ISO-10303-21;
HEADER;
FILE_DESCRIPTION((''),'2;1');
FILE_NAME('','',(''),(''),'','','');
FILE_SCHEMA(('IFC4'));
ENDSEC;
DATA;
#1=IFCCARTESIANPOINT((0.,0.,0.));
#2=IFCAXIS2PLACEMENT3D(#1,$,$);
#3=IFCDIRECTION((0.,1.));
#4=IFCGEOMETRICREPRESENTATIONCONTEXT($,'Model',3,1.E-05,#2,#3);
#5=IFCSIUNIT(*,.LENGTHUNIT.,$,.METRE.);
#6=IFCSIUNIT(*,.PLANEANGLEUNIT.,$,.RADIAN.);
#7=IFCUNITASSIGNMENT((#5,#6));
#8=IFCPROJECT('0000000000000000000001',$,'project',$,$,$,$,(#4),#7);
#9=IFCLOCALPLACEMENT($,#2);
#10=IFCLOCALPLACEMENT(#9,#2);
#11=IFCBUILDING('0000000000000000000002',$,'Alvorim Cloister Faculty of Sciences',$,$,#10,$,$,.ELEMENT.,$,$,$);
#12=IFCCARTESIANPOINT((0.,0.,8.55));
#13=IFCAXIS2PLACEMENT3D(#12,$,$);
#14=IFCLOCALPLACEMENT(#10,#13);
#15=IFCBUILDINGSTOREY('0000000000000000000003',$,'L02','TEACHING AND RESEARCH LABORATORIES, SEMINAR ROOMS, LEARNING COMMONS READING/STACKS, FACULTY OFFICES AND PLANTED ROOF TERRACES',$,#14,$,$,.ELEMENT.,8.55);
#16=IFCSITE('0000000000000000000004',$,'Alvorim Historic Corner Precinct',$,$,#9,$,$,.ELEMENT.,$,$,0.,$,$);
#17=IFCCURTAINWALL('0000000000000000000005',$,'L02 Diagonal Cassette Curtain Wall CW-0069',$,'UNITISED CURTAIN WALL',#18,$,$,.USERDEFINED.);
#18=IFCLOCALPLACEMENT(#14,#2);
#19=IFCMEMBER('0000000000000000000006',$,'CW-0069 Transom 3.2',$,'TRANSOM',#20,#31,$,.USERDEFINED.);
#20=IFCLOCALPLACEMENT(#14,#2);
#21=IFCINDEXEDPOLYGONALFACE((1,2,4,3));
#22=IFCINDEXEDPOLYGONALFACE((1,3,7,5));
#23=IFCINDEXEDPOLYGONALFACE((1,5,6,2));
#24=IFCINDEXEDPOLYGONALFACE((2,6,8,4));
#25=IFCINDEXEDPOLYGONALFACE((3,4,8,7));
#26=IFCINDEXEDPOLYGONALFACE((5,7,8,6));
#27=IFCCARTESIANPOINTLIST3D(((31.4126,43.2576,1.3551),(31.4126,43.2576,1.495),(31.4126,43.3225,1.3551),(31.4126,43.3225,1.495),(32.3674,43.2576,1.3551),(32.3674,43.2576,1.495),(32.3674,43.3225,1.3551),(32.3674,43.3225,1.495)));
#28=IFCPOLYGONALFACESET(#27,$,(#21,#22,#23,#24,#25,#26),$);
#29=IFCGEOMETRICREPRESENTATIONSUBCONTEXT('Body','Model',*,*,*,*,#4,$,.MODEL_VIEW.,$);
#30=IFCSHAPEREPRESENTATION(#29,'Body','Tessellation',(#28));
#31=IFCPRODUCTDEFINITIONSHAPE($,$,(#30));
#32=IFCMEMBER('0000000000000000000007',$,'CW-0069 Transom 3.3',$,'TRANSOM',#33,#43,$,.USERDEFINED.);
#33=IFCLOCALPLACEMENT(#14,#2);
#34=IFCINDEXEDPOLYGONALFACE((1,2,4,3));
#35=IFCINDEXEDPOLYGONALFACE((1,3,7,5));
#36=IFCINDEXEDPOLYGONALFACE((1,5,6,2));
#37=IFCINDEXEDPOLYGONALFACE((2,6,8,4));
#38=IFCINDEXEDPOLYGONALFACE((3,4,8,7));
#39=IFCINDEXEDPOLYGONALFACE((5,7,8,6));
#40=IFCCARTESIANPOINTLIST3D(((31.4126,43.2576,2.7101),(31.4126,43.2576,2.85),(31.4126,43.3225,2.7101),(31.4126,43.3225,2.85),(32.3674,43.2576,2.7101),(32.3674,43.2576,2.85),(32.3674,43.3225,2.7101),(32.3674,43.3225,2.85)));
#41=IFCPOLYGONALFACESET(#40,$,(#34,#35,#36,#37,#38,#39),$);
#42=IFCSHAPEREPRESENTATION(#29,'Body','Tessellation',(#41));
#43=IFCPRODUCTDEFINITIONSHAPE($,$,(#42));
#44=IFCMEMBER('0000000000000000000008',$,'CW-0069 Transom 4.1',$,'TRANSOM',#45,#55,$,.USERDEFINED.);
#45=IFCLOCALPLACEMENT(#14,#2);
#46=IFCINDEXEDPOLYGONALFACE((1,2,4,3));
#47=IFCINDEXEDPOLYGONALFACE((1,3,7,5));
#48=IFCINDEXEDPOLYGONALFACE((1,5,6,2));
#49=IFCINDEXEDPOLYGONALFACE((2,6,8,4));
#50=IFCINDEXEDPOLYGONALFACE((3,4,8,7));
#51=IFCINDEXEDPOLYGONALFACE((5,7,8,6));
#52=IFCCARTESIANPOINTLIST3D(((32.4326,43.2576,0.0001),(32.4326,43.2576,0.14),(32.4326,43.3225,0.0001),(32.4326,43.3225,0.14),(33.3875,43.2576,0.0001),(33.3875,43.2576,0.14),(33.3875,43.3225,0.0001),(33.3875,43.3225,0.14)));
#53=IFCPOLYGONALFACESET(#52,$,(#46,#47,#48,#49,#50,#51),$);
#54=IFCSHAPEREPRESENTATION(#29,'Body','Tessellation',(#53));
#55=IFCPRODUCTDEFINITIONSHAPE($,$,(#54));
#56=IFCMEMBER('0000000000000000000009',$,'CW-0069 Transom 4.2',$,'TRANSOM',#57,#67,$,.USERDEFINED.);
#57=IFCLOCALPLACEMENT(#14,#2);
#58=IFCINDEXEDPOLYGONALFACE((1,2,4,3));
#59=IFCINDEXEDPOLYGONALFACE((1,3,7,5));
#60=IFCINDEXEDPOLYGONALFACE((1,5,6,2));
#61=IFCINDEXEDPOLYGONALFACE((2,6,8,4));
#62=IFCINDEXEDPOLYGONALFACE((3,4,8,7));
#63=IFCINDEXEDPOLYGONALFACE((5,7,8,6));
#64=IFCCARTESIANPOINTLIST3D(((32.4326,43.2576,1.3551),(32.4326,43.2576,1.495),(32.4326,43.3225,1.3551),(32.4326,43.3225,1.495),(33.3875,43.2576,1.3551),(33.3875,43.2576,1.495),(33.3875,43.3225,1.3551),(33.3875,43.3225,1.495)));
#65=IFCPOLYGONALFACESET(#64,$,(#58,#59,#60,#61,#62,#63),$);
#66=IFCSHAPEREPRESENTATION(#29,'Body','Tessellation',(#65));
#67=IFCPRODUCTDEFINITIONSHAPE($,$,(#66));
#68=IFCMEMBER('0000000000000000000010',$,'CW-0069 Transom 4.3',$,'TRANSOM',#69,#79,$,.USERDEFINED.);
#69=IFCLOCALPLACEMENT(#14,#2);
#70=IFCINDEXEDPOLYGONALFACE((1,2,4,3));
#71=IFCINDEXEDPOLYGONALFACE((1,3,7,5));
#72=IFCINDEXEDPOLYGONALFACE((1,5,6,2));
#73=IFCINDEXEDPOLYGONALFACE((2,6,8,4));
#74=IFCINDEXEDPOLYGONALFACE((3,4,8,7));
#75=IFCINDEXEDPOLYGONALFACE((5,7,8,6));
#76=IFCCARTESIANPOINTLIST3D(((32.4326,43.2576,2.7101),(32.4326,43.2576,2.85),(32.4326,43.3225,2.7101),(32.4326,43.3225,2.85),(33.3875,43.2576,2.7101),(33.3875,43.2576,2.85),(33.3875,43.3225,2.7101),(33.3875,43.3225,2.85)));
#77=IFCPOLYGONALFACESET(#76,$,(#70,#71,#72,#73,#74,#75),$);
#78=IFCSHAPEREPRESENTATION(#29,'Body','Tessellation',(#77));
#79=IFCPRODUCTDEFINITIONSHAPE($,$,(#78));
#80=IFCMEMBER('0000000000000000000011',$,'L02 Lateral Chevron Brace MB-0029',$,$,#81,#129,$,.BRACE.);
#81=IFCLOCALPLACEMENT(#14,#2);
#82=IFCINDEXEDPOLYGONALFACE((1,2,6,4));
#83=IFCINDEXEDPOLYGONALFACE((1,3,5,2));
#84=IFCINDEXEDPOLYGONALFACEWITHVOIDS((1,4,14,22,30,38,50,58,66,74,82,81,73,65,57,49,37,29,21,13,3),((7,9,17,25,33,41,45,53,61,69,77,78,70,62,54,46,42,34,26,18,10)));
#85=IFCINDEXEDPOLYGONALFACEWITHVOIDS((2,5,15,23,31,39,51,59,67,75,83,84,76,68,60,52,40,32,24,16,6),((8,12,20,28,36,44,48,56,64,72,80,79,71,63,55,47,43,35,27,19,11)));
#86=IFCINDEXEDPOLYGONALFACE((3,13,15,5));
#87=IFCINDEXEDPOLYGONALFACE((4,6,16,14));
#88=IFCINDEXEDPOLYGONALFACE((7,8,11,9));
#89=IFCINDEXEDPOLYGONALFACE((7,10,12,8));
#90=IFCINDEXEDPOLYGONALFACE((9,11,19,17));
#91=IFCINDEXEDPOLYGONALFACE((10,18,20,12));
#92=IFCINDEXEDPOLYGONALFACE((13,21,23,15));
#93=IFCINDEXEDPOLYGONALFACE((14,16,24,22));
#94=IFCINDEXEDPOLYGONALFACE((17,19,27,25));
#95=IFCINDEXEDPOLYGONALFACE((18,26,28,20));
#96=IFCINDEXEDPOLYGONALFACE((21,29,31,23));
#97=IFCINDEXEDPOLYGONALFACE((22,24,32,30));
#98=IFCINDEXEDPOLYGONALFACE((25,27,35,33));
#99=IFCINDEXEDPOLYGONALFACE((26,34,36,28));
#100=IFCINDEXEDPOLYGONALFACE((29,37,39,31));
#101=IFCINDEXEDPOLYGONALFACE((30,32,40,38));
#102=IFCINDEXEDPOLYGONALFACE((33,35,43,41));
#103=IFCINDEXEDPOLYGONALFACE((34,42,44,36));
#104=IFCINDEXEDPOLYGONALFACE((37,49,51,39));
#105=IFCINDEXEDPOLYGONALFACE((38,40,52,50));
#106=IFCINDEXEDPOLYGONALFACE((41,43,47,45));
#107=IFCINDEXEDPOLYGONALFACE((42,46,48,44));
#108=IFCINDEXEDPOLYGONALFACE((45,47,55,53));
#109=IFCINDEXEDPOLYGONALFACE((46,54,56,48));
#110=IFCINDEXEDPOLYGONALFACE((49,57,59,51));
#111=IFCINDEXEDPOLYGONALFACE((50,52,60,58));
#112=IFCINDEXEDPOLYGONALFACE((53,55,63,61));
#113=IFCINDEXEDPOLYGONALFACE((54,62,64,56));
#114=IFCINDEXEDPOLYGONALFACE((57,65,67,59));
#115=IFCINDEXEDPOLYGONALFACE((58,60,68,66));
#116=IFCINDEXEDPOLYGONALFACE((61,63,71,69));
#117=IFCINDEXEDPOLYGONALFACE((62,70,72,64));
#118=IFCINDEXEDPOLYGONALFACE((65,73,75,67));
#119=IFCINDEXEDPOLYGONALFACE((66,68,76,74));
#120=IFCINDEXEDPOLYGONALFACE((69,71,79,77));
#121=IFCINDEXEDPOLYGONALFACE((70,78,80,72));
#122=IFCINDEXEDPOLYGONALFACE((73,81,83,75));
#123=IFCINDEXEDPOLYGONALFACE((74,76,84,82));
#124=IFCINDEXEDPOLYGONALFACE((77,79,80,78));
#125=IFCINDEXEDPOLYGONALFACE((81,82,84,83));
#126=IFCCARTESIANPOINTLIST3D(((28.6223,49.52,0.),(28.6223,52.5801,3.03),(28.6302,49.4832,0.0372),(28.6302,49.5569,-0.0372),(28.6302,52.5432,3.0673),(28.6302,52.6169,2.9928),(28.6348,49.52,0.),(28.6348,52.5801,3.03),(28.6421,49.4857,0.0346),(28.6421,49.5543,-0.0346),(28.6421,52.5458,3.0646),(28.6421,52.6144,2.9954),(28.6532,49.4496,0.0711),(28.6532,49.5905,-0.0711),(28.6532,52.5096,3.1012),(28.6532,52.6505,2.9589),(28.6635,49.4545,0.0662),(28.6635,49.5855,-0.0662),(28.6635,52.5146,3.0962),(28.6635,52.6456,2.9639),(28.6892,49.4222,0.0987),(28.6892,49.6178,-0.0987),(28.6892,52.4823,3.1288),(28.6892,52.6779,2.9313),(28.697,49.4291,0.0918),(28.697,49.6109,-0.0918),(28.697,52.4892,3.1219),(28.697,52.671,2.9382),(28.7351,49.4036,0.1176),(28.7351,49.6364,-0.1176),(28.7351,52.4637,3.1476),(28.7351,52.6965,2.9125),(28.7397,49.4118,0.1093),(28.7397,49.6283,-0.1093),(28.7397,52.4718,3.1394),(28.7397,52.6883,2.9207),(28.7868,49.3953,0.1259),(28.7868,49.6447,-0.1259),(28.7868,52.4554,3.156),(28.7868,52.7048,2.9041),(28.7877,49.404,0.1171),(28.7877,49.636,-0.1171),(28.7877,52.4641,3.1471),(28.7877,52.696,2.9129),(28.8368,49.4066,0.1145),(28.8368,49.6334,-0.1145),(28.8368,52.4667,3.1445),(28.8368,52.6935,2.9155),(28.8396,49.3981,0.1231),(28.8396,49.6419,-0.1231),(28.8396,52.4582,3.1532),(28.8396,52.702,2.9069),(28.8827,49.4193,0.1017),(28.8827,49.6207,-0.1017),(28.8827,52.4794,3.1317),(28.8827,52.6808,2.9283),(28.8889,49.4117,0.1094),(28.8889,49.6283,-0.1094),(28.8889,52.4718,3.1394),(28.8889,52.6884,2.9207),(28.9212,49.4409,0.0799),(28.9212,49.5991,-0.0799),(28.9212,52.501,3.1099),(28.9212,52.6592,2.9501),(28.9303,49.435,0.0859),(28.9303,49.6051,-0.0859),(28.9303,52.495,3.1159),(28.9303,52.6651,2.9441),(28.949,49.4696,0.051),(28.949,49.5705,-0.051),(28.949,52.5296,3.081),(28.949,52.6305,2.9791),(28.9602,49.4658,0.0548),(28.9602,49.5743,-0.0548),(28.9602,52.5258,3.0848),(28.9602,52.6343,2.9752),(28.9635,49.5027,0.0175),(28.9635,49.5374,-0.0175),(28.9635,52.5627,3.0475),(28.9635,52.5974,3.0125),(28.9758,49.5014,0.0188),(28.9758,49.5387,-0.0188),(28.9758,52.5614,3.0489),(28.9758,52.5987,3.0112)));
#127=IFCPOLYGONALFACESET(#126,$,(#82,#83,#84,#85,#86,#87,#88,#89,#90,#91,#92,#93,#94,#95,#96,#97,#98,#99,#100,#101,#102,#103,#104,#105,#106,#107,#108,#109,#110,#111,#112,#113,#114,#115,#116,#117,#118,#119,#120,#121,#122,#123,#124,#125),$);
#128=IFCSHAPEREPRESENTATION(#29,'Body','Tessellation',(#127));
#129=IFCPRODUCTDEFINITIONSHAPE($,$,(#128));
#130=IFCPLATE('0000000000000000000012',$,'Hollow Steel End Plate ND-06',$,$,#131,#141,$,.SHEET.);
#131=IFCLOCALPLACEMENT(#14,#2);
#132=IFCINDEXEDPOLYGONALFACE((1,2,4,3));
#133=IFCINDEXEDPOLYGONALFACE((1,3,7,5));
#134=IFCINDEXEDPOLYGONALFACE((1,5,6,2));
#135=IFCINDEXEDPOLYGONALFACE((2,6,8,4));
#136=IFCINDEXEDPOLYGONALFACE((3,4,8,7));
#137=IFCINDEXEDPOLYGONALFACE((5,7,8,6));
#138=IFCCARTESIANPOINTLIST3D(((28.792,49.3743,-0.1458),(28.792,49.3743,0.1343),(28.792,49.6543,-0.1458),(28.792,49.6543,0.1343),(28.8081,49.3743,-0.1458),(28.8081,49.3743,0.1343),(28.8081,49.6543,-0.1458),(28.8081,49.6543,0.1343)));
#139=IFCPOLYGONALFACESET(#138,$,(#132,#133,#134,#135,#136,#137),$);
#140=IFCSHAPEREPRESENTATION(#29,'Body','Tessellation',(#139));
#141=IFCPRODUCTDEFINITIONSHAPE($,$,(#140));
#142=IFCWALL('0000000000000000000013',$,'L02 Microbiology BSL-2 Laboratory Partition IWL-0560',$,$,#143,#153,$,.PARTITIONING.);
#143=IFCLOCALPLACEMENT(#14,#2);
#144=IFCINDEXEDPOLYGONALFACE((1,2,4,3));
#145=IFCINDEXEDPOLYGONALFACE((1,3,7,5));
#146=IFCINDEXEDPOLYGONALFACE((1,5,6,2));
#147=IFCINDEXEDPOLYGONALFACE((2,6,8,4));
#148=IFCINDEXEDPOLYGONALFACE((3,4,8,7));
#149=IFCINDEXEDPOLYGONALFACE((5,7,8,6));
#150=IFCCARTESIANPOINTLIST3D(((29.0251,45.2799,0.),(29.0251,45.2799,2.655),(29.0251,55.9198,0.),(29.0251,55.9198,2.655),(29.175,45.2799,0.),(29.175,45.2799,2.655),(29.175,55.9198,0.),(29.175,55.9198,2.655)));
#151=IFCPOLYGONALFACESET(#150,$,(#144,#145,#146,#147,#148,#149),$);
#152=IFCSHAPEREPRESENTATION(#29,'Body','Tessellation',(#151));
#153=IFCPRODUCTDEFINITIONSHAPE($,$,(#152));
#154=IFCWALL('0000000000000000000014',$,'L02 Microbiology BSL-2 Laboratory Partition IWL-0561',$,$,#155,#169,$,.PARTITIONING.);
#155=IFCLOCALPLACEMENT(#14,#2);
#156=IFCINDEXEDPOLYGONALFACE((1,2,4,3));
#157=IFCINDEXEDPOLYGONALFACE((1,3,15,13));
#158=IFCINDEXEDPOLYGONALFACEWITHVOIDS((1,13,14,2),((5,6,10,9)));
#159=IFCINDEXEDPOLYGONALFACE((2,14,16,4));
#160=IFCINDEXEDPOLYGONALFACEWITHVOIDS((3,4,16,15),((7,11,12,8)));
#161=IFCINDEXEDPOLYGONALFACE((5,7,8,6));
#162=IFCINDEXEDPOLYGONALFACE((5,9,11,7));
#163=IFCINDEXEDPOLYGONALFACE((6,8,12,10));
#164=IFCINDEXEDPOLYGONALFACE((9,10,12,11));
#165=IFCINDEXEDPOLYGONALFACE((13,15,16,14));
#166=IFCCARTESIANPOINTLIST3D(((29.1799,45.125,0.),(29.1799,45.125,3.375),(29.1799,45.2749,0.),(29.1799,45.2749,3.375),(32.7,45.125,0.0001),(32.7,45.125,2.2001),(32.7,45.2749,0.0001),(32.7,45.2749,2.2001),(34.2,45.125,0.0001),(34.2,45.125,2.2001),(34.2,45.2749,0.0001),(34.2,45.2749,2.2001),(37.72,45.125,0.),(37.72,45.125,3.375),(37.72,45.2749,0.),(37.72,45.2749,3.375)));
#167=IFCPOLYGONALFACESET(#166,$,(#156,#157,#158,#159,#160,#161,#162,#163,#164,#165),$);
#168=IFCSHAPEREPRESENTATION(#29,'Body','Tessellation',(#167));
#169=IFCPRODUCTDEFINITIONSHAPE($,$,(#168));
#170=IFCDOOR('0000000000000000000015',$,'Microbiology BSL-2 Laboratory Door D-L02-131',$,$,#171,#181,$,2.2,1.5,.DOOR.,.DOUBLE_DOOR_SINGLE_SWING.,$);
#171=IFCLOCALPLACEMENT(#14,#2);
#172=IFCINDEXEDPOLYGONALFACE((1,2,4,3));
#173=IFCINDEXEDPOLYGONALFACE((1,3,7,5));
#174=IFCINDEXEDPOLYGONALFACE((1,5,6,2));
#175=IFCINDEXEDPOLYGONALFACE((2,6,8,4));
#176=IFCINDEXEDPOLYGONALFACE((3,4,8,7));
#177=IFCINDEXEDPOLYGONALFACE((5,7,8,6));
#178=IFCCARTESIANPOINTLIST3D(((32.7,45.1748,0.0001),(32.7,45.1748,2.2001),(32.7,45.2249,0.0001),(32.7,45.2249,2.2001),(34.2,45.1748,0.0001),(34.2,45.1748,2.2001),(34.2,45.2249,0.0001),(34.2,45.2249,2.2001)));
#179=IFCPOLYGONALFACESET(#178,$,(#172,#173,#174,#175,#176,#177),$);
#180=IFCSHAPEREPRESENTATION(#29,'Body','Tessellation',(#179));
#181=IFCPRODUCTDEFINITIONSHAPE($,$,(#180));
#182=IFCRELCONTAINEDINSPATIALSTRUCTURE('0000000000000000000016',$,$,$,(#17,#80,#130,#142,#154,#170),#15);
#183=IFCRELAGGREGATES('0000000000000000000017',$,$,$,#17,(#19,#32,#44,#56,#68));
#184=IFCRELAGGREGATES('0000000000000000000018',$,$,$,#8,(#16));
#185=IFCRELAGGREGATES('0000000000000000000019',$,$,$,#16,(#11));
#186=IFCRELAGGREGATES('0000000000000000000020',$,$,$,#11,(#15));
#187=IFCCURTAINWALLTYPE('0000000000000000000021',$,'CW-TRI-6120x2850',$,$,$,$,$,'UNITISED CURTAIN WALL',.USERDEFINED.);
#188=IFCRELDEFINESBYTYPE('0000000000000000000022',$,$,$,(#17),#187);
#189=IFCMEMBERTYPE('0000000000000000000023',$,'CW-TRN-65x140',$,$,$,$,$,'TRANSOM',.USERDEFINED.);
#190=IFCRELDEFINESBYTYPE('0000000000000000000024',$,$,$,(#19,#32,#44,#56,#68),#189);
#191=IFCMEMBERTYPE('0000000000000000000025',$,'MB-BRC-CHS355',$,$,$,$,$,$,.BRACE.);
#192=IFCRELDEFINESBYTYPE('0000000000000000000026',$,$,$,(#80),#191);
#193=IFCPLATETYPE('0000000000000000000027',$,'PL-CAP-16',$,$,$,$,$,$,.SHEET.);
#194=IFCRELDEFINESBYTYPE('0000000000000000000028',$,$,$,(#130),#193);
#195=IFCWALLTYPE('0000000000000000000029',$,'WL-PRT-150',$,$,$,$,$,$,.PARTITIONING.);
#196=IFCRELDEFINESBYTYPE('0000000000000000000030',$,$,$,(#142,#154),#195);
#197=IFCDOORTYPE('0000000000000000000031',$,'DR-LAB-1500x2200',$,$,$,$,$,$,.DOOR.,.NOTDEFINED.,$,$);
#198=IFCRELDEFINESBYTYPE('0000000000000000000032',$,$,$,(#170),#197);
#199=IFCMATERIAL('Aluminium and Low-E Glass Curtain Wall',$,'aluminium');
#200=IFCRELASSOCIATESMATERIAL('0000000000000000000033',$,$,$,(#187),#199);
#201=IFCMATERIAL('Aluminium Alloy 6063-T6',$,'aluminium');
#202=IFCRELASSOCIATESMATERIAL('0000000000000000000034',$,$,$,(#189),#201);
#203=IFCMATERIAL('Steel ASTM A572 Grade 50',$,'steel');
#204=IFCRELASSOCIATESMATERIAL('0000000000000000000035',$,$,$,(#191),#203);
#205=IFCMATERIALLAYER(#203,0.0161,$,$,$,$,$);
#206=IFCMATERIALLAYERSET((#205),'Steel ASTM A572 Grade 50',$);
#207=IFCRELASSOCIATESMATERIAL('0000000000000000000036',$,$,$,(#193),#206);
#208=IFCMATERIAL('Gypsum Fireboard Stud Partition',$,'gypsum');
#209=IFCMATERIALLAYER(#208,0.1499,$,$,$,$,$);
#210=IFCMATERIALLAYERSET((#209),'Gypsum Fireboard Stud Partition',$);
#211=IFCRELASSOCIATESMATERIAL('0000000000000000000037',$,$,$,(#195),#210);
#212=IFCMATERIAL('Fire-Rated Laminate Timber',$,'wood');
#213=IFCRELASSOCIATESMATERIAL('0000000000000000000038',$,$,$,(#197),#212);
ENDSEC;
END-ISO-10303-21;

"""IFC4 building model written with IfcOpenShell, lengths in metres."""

from ifc_helpers import new_model, si_unit, direction, frame, frame_2d, origin, origin_2d, place, context, subcontext, project, spatial, polyline, rectangle, hollow_circle, outline, extrude, material, layer, layer_set, material_profile, profile_set, type_object, element, fill, aggregate, save


model = new_model("IFC4")

# Units and contexts
model_context = context("Model", 3, precision=1e-05, world=origin(), true_north=direction((0.0, 1.0)))
body_context = subcontext(model_context, "Body", "Model", "MODEL_VIEW")
ifc_project = project(units=[si_unit("LENGTHUNIT", "METRE"), si_unit("PLANEANGLEUNIT", "RADIAN")], contexts=[model_context])

# Site, building, storey
site_placement = place(None, origin())
site = spatial("IfcSite", under=ifc_project, at=site_placement, Name="Alvorim Historic Corner Precinct", CompositionType="ELEMENT", RefElevation=0.0)
building_placement = place(site_placement, origin())
building = spatial("IfcBuilding", under=site, at=building_placement, Name="Alvorim Cloister Faculty of Sciences", CompositionType="ELEMENT")
storey_placement = place(building_placement, frame((0.0, 0.0, 8.55)))
storey = spatial("IfcBuildingStorey", under=building, at=storey_placement, Name="L02", Description="TEACHING AND RESEARCH LABORATORIES, SEMINAR ROOMS, LEARNING COMMONS READING/STACKS, FACULTY OFFICES AND PLANTED ROOF TERRACES", CompositionType="ELEMENT", Elevation=8.55)

# Curtain wall, members
ifc_material_1 = material(Name="Aluminium and Low-E Glass Curtain Wall", Category="aluminium")
curtain_wall_type = type_object("IfcCurtainWallType", Name="CW-TRI-6120x2850", ElementType="UNITISED CURTAIN WALL", PredefinedType="USERDEFINED", material=ifc_material_1)
curtain_wall_placement = place(storey_placement, origin())
curtain_wall = element("IfcCurtainWall", 1, at=curtain_wall_placement, inside=storey, type_object=curtain_wall_type, Name="L02 Diagonal Cassette Curtain Wall CW-0069", ObjectType="UNITISED CURTAIN WALL", PredefinedType="USERDEFINED")
ifc_material_2 = material(Name="Aluminium Alloy 6063-T6", Category="aluminium")
ifc_material_profile_1 = material_profile(ifc_material_2, rectangle(XDim=0.0649, YDim=0.1399, at=origin_2d()), Name="ALU-TRN-65x140")
ifc_profile_set_1 = profile_set([ifc_material_profile_1], Name="Aluminium Alloy 6063-T6")
member_type_1 = type_object("IfcMemberType", Name="CW-TRN-65x140", ElementType="TRANSOM", PredefinedType="USERDEFINED", material=ifc_profile_set_1)
member_1_placement = place(storey_placement, frame((31.4126, 43.29, 1.425), z_axis=(1.0, 0.0, 0.0), x_axis=(0.0, 1.0, 0.0)))
member_1 = element("IfcMember", 2, at=member_1_placement, type_object=member_type_1, Name="CW-0069 Transom 3.2", ObjectType="TRANSOM", PredefinedType="USERDEFINED", context=body_context, shape_type="SweptSolid", body=[
    extrude(rectangle(XDim=0.0649, YDim=0.1399, at=origin_2d()), origin(), (0.0, 0.0, 1.0), 0.9548),
])
member_2_placement = place(storey_placement, frame((31.4126, 43.29, 2.78), z_axis=(1.0, 0.0, 0.0), x_axis=(0.0, 1.0, 0.0)))
member_2 = element("IfcMember", 3, at=member_2_placement, type_object=member_type_1, Name="CW-0069 Transom 3.3", ObjectType="TRANSOM", PredefinedType="USERDEFINED", context=body_context, shape_type="SweptSolid", body=[
    extrude(rectangle(XDim=0.0649, YDim=0.1399, at=origin_2d()), origin(), (0.0, 0.0, 1.0), 0.9548),
])
member_3_placement = place(storey_placement, frame((32.4326, 43.29, 0.0701), z_axis=(1.0, 0.0, 0.0), x_axis=(0.0, 1.0, 0.0)))
member_3 = element("IfcMember", 4, at=member_3_placement, type_object=member_type_1, Name="CW-0069 Transom 4.1", ObjectType="TRANSOM", PredefinedType="USERDEFINED", context=body_context, shape_type="SweptSolid", body=[
    extrude(rectangle(XDim=0.0649, YDim=0.1399, at=origin_2d()), origin(), (0.0, 0.0, 1.0), 0.9548),
])
member_4_placement = place(storey_placement, frame((32.4326, 43.29, 1.425), z_axis=(1.0, 0.0, 0.0), x_axis=(0.0, 1.0, 0.0)))
member_4 = element("IfcMember", 5, at=member_4_placement, type_object=member_type_1, Name="CW-0069 Transom 4.2", ObjectType="TRANSOM", PredefinedType="USERDEFINED", context=body_context, shape_type="SweptSolid", body=[
    extrude(rectangle(XDim=0.0649, YDim=0.1399, at=origin_2d()), origin(), (0.0, 0.0, 1.0), 0.9548),
])
member_5_placement = place(storey_placement, frame((32.4326, 43.29, 2.78), z_axis=(1.0, 0.0, 0.0), x_axis=(0.0, 1.0, 0.0)))
member_5 = element("IfcMember", 6, at=member_5_placement, type_object=member_type_1, Name="CW-0069 Transom 4.3", ObjectType="TRANSOM", PredefinedType="USERDEFINED", context=body_context, shape_type="SweptSolid", body=[
    extrude(rectangle(XDim=0.0649, YDim=0.1399, at=origin_2d()), origin(), (0.0, 0.0, 1.0), 0.9548),
])
aggregate(curtain_wall, [member_1, member_2, member_3, member_4, member_5])

# Member
ifc_material_3 = material(Name="Steel ASTM A572 Grade 50", Category="steel")
ifc_material_profile_2 = material_profile(ifc_material_3, hollow_circle(Radius=0.1777, WallThickness=0.0125, at=origin_2d()), Name="CHS355.6x12.5")
ifc_profile_set_2 = profile_set([ifc_material_profile_2], Name="Steel ASTM A572 Grade 50")
member_type_2 = type_object("IfcMemberType", Name="MB-BRC-CHS355", PredefinedType="BRACE", material=ifc_profile_set_2)
member_6_placement = place(storey_placement, frame((28.8, 49.52, 0.0), z_axis=(0.0, 0.710585, 0.703612), x_axis=(-1.0, 0.0, 0.0)))
element("IfcMember", 7, at=member_6_placement, inside=storey, type_object=member_type_2, Name="L02 Lateral Chevron Brace MB-0029", PredefinedType="BRACE", context=body_context, shape_type="SweptSolid", body=[
    extrude(hollow_circle(Radius=0.1777, WallThickness=0.0125, at=origin_2d()), origin(), (0.0, 0.0, 1.0), 4.3064),
])

# Plate
ifc_layer_1 = layer(ifc_material_3, 0.0161)
ifc_layer_set_1 = layer_set([ifc_layer_1], Name="Steel ASTM A572 Grade 50")
plate_type = type_object("IfcPlateType", Name="PL-CAP-16", PredefinedType="SHEET", material=ifc_layer_set_1)
plate_placement = place(storey_placement, frame((28.8, 49.3743, -0.1458), z_axis=(0.0, 0.0, 1.0), x_axis=(0.0, 1.0, 0.0)))
element("IfcPlate", 8, at=plate_placement, inside=storey, type_object=plate_type, Name="Hollow Steel End Plate ND-06", PredefinedType="SHEET", context=body_context, shape_type="SweptSolid", body=[
    extrude(outline(polyline([(0.0, 0.0), (0.28, 0.0), (0.28, 0.28), (0.0, 0.28), (0.0, 0.0)])), frame((0.0, 0.0081, 0.0), z_axis=(0.0, -1.0, 0.0), x_axis=(1.0, 0.0, 0.0)), (0.0, 0.0, 1.0), 0.0161),
])

# Wall
ifc_material_4 = material(Name="Gypsum Fireboard Stud Partition", Category="gypsum")
ifc_layer_2 = layer(ifc_material_4, 0.1499)
ifc_layer_set_2 = layer_set([ifc_layer_2], Name="Gypsum Fireboard Stud Partition")
wall_type = type_object("IfcWallType", Name="WL-PRT-150", PredefinedType="PARTITIONING", material=ifc_layer_set_2)
wall_1_placement = place(storey_placement, frame((29.1001, 45.28, 0.0), z_axis=(0.0, 0.0, 1.0), x_axis=(0.0, 1.0, 0.0)))
element("IfcWall", 9, at=wall_1_placement, inside=storey, type_object=wall_type, Name="L02 Microbiology BSL-2 Laboratory Partition IWL-0560", PredefinedType="PARTITIONING", context=body_context, shape_type="SweptSolid", body=[
    extrude(rectangle(XDim=10.6399, YDim=0.1499, at=frame_2d((5.3198, 0.0))), origin(), (0.0, 0.0, 1.0), 2.655),
])

# Wall, opening, door
wall_2_placement = place(storey_placement, frame((29.1799, 45.2, 0.0), z_axis=(0.0, 0.0, 1.0), x_axis=(1.0, 0.0, 0.0)))
wall_2 = element("IfcWall", 10, at=wall_2_placement, inside=storey, type_object=wall_type, Name="L02 Microbiology BSL-2 Laboratory Partition IWL-0561", PredefinedType="PARTITIONING", context=body_context, shape_type="SweptSolid", body=[
    extrude(rectangle(XDim=8.54, YDim=0.1499, at=frame_2d((4.27, 0.0))), origin(), (0.0, 0.0, 1.0), 3.375),
])
opening_placement = place(wall_2_placement, frame((3.52, 0.0, 0.0)))
opening = element("IfcOpeningElement", 11, at=opening_placement, cuts=wall_2, PredefinedType="OPENING", context=body_context, shape_type="SweptSolid", body=[
    extrude(rectangle(XDim=1.5, YDim=2.2, at=frame_2d((0.75, 1.1001))), frame((0.0, 0.0869, 0.0), z_axis=(0.0, -1.0, 0.0), x_axis=(1.0, 0.0, 0.0)), (0.0, 0.0, 1.0), 0.1738),
])
ifc_material_5 = material(Name="Fire-Rated Laminate Timber", Category="wood")
door_type = type_object("IfcDoorType", Name="DR-LAB-1500x2200", OperationType="NOTDEFINED", PredefinedType="DOOR", material=ifc_material_5)
door_placement = place(opening_placement, origin())
door = element("IfcDoor", 12, at=door_placement, inside=storey, type_object=door_type, Name="Microbiology BSL-2 Laboratory Door D-L02-131", OperationType="DOUBLE_DOOR_SINGLE_SWING", OverallHeight=2.2, OverallWidth=1.5, PredefinedType="DOOR", context=body_context, shape_type="SweptSolid", body=[
    extrude(rectangle(XDim=1.5, YDim=2.2, at=frame_2d((0.75, 1.1001))), frame((0.0, 0.0249, 0.0), z_axis=(0.0, -1.0, 0.0), x_axis=(1.0, 0.0, 0.0)), (0.0, 0.0, 1.0), 0.05),
])
fill(opening, door)

save(model, "model.ifc")
